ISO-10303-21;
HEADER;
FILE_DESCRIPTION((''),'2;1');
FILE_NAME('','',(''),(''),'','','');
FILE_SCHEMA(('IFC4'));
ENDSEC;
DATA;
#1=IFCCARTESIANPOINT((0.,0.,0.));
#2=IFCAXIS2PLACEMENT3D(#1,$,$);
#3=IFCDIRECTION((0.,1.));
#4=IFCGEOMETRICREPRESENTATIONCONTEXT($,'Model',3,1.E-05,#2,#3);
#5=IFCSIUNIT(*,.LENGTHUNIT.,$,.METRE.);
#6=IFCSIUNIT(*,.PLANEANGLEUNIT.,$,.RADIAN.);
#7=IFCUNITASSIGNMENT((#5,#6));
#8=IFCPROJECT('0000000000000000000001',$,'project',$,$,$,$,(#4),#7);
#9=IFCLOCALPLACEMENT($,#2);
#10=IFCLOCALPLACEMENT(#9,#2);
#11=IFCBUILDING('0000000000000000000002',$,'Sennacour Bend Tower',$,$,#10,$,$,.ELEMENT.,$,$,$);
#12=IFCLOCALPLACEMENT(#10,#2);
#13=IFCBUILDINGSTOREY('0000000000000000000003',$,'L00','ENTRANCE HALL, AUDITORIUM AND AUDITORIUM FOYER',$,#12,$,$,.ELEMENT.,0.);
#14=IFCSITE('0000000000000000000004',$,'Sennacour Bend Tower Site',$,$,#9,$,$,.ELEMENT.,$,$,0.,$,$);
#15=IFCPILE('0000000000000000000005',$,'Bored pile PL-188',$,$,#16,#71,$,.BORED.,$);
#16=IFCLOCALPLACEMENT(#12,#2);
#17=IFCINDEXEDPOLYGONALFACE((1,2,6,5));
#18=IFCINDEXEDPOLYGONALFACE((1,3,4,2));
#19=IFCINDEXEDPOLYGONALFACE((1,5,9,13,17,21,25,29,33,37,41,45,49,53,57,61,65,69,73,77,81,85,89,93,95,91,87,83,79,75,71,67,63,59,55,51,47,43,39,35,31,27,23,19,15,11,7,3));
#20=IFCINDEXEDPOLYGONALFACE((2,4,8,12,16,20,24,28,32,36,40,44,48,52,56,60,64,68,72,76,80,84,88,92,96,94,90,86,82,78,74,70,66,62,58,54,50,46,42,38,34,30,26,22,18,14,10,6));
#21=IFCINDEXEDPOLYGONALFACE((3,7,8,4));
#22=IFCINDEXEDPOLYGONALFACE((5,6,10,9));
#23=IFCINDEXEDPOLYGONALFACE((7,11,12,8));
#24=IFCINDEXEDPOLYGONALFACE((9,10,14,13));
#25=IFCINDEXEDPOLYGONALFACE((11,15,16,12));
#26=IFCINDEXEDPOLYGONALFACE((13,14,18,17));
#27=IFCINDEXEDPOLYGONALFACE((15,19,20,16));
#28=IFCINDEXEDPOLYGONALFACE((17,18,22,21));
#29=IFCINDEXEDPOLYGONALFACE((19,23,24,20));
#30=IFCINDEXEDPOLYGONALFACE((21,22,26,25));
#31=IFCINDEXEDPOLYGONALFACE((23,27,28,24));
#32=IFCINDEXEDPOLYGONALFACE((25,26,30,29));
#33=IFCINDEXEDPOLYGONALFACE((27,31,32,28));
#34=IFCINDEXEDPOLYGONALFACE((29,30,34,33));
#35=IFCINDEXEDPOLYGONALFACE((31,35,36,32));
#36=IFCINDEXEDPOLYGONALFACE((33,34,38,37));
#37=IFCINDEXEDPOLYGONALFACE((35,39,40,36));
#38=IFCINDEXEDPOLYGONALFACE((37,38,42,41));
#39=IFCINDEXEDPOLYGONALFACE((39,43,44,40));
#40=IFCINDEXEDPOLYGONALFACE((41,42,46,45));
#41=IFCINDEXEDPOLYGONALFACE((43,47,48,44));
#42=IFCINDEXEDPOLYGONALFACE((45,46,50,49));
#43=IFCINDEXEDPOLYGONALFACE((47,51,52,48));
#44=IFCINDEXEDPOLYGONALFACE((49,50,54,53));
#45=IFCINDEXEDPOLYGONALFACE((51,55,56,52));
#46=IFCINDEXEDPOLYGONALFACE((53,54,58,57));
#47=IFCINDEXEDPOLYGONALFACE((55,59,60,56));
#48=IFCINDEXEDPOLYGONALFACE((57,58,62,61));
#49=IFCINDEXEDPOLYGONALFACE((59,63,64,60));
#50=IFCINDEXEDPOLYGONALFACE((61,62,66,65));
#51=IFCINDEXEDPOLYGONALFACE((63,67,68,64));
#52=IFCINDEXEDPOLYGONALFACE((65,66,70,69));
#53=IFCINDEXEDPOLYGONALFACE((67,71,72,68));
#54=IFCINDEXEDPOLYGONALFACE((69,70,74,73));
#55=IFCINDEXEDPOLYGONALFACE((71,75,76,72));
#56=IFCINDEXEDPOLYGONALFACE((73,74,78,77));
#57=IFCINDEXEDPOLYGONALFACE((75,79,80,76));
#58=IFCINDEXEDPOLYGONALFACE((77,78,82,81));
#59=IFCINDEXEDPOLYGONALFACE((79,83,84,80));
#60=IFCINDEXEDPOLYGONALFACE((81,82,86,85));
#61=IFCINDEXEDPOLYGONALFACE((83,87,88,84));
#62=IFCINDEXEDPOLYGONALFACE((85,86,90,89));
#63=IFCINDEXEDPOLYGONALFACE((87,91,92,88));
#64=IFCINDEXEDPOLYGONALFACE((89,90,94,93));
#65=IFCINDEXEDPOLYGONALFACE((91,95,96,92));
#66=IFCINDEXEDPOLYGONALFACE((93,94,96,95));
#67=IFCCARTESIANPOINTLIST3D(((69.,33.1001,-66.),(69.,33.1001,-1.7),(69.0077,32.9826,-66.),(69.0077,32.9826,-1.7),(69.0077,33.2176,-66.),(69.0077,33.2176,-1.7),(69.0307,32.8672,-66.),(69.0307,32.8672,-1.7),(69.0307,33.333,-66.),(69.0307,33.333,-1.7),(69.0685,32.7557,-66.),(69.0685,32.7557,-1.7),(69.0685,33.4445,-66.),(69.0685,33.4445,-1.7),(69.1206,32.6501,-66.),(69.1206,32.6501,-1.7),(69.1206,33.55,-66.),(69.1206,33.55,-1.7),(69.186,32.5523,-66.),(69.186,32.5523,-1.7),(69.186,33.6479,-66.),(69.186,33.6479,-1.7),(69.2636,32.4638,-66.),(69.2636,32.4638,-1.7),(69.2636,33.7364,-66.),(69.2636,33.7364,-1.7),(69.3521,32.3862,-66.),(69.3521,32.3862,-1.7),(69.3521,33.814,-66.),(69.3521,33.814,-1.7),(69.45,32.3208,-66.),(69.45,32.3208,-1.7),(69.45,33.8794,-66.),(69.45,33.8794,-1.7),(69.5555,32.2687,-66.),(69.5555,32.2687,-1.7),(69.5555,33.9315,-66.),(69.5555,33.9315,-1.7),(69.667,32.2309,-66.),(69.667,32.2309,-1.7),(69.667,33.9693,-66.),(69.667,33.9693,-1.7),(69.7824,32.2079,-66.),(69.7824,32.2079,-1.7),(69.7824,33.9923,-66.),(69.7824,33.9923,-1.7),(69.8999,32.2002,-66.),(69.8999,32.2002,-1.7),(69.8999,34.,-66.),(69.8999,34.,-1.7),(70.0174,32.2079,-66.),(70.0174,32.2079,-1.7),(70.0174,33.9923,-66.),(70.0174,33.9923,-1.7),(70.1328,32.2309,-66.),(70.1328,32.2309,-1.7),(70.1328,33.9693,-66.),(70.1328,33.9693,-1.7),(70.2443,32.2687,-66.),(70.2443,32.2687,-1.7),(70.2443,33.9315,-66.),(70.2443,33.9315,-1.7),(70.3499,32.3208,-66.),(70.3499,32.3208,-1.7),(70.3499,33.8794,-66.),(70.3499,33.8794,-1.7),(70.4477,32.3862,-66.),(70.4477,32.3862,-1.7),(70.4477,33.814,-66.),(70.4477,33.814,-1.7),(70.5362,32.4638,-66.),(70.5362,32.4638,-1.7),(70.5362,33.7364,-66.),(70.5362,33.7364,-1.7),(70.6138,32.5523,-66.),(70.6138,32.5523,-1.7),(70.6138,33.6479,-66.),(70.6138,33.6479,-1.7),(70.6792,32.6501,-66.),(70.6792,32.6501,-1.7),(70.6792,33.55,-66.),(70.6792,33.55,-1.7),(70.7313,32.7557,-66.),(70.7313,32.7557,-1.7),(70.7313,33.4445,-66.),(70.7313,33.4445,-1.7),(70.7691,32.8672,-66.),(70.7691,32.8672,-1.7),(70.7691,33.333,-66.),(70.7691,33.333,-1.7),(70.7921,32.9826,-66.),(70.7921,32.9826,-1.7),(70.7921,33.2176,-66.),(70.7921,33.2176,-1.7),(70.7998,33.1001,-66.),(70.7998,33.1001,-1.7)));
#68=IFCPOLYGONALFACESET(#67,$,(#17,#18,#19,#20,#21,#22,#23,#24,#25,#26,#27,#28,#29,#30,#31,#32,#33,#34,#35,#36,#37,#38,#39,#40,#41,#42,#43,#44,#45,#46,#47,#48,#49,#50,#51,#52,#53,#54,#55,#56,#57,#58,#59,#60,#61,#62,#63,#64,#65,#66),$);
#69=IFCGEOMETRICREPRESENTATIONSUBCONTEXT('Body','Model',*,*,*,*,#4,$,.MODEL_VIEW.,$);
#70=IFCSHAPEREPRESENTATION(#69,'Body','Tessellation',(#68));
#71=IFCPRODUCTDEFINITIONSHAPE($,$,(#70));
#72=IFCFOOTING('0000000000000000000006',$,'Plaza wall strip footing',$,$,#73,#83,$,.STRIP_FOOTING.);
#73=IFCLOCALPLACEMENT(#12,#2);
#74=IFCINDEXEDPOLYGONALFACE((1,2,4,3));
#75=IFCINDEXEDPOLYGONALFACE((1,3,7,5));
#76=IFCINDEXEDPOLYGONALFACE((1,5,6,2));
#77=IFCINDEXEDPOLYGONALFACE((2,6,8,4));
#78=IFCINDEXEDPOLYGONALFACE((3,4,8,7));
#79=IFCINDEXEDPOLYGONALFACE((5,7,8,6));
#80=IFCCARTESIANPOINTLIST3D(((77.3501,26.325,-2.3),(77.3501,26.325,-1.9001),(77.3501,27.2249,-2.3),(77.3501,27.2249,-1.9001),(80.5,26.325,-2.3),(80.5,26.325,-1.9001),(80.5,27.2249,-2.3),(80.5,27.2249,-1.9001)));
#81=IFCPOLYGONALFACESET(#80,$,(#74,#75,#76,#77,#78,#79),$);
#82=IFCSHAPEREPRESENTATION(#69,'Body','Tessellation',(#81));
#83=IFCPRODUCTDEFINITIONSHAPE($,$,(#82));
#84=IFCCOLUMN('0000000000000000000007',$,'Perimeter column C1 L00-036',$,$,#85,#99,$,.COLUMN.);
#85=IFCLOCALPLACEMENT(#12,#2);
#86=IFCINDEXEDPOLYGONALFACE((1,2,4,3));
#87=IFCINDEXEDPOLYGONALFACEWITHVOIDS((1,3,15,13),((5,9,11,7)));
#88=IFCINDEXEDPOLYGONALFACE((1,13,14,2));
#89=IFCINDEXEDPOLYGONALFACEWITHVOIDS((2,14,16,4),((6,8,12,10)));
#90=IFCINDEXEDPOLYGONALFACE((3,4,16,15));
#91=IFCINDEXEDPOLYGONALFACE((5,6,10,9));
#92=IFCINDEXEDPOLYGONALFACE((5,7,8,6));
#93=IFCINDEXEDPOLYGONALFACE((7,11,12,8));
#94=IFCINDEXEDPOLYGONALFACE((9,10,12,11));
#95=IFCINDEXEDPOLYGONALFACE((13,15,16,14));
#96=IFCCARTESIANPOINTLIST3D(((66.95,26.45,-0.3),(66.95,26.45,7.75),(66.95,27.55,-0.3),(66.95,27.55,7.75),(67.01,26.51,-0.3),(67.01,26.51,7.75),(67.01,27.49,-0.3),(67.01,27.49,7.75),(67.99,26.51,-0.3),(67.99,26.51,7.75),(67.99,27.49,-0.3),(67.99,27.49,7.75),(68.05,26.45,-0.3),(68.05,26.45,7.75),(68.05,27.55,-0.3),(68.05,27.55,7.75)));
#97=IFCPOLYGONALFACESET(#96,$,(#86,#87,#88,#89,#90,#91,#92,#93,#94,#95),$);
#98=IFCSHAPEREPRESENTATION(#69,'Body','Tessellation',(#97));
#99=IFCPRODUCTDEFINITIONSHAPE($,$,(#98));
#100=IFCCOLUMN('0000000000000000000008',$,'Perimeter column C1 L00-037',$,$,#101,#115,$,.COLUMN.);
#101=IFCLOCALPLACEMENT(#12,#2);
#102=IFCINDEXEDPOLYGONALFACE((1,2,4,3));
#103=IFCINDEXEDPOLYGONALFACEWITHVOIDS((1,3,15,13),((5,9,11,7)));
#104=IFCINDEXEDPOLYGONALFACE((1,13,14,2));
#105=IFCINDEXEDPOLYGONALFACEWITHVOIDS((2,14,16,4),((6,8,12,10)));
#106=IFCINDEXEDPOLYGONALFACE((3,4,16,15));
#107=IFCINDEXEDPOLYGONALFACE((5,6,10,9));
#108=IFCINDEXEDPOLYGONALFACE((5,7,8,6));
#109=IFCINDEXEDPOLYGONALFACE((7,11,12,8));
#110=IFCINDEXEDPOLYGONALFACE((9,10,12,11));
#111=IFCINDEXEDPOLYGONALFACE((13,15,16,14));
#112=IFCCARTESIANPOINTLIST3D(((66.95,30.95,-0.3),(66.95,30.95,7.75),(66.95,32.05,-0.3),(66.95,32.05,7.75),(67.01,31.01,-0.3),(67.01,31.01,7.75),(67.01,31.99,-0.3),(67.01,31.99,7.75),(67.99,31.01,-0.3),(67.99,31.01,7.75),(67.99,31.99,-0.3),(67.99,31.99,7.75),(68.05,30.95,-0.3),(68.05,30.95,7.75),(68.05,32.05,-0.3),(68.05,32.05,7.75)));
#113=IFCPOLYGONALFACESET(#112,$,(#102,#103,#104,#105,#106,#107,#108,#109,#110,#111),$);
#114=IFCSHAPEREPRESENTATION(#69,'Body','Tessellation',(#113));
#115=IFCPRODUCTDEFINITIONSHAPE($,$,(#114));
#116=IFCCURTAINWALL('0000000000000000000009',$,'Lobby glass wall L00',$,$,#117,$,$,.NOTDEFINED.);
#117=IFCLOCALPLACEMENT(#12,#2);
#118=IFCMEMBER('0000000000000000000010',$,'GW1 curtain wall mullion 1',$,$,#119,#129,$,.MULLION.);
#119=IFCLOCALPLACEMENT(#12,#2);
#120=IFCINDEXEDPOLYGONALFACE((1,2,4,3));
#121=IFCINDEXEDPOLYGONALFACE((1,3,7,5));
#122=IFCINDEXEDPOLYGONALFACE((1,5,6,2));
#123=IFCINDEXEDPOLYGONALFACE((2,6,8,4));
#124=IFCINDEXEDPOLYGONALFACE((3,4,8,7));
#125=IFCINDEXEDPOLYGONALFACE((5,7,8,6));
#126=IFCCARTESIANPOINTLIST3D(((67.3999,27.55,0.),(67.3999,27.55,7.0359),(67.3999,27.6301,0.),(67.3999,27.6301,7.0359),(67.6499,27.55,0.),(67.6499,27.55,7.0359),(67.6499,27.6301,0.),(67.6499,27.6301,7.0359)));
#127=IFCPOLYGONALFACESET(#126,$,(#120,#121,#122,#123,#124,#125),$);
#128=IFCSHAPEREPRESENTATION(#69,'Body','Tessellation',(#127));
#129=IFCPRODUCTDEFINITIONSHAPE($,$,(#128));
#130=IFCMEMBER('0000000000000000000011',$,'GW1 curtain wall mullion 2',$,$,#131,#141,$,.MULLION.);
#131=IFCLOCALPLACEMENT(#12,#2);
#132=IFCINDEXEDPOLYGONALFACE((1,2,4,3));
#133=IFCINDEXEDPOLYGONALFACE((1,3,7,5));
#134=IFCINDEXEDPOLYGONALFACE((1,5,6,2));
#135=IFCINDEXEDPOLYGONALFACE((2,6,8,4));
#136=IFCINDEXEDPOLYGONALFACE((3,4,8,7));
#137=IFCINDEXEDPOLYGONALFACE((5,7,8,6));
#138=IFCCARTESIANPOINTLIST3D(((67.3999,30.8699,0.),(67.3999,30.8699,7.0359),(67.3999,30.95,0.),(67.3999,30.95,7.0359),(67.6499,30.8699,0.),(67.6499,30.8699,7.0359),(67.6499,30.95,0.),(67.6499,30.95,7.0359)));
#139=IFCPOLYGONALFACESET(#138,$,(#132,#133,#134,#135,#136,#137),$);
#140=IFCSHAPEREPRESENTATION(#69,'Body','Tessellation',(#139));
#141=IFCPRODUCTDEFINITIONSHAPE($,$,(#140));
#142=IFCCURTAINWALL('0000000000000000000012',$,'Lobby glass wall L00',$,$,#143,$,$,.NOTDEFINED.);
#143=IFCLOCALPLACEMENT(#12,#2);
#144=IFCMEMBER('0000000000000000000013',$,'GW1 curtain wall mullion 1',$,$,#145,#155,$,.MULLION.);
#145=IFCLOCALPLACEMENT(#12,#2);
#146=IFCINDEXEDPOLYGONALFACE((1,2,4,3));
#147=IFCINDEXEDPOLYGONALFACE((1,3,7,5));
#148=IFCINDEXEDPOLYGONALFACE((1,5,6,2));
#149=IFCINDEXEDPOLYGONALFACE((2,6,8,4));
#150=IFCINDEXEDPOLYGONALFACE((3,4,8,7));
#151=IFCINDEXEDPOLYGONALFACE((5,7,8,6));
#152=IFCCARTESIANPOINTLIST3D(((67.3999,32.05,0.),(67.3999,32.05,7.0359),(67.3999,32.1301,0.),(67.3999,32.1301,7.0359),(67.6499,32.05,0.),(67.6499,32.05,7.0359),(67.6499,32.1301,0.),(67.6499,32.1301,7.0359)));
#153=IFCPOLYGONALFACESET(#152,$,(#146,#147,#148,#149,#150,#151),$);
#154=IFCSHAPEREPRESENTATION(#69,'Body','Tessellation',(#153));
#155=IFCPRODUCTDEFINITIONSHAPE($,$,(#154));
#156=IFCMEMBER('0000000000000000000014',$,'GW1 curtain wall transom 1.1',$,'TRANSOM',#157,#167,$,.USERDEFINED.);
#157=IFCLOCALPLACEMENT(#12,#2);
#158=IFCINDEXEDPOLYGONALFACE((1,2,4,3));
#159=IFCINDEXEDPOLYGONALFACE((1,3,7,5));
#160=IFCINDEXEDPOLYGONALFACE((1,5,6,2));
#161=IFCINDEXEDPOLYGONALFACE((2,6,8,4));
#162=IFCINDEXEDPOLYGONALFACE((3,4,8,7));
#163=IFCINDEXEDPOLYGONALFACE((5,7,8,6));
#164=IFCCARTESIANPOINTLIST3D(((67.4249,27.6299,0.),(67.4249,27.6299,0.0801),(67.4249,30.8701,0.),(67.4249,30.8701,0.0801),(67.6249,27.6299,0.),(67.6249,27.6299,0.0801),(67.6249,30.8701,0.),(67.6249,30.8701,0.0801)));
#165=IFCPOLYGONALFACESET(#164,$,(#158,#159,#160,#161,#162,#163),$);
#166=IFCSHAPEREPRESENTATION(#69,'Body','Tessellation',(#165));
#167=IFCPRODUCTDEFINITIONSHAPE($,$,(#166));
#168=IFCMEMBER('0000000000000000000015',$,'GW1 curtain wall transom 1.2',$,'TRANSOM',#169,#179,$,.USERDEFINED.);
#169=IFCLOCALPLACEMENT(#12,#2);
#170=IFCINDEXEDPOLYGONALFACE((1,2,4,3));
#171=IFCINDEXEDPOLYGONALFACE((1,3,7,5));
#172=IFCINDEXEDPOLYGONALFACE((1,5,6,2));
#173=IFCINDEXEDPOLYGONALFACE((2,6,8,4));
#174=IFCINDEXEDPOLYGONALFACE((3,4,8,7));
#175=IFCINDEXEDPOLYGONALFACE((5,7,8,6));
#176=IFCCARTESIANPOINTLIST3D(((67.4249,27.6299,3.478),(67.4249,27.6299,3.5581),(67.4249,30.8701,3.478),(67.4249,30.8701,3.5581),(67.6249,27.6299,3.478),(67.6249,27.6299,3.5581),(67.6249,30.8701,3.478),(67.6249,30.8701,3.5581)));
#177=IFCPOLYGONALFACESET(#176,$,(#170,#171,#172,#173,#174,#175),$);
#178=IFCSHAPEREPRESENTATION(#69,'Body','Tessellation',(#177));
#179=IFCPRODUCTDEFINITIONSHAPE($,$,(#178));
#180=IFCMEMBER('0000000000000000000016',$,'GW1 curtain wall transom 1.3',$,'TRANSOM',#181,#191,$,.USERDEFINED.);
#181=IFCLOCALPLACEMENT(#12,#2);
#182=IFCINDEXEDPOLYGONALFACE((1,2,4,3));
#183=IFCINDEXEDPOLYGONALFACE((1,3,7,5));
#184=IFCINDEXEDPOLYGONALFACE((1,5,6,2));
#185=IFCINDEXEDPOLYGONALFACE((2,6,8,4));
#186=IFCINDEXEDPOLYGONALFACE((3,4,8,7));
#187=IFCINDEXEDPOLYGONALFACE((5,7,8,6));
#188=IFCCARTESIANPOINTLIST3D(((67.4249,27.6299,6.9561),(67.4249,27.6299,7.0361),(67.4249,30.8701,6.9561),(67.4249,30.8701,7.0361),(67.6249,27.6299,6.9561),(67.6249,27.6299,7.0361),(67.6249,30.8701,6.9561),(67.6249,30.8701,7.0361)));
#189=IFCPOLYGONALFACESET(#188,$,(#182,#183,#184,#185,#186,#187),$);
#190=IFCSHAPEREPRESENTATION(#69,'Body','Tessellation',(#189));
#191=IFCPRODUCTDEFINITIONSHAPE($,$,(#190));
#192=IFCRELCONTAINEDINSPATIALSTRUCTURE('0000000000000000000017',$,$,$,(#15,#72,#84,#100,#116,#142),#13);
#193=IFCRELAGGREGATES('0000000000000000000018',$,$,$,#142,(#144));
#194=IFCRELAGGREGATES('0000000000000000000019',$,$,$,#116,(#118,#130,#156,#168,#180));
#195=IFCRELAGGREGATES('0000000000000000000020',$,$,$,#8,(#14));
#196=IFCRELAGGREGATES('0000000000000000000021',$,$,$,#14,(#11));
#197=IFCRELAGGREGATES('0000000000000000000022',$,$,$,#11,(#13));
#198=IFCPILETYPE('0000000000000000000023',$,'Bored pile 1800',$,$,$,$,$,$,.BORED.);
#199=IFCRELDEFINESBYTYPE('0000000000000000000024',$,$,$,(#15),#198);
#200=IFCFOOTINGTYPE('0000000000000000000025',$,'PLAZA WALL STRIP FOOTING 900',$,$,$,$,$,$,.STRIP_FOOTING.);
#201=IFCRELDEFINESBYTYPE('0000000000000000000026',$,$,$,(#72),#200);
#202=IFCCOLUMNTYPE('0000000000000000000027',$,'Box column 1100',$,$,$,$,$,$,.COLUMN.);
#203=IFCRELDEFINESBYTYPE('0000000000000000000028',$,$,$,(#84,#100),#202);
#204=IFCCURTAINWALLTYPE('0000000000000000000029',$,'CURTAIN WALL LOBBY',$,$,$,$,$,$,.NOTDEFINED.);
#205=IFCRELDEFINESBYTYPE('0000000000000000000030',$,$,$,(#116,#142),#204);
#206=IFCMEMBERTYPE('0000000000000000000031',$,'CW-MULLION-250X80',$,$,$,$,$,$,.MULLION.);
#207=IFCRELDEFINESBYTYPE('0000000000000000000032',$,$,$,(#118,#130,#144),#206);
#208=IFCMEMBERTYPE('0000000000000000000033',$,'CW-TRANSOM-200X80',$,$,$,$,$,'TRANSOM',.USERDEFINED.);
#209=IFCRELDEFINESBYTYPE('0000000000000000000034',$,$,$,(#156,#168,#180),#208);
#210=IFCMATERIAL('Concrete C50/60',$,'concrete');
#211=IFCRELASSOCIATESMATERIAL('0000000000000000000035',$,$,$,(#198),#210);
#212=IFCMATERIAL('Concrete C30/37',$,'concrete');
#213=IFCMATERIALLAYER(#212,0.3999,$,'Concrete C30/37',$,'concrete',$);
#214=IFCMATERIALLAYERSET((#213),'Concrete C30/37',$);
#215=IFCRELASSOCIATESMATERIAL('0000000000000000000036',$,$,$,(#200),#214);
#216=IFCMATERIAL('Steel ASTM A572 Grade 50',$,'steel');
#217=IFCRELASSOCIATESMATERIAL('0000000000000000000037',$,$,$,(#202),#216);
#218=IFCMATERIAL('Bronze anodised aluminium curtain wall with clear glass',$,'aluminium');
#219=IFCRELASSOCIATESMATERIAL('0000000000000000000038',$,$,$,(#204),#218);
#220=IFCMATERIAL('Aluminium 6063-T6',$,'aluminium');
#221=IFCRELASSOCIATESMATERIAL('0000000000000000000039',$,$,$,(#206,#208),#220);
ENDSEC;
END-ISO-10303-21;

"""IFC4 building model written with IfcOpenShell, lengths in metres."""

from ifc_helpers import new_model, si_unit, direction, frame, origin, origin_2d, place, context, subcontext, project, spatial, rectangle, hollow_rectangle, circle, extrude, material, layer, layer_set, material_profile, profile_set, type_object, element, aggregate, save


model = new_model("IFC4")

# Units and contexts
model_context = context("Model", 3, precision=1e-05, world=origin(), true_north=direction((0.0, 1.0)))
body_context = subcontext(model_context, "Body", "Model", "MODEL_VIEW")
ifc_project = project(units=[si_unit("LENGTHUNIT", "METRE"), si_unit("PLANEANGLEUNIT", "RADIAN")], contexts=[model_context])

# Site, building, storey
site_placement = place(None, origin())
site = spatial("IfcSite", under=ifc_project, at=site_placement, Name="Sennacour Bend Tower Site", CompositionType="ELEMENT", RefElevation=0.0)
building_placement = place(site_placement, origin())
building = spatial("IfcBuilding", under=site, at=building_placement, Name="Sennacour Bend Tower", CompositionType="ELEMENT")
storey_placement = place(building_placement, origin())
storey = spatial("IfcBuildingStorey", under=building, at=storey_placement, Name="L00", Description="ENTRANCE HALL, AUDITORIUM AND AUDITORIUM FOYER", CompositionType="ELEMENT", Elevation=0.0)

# Pile
ifc_material_1 = material(Name="Concrete C50/60", Category="concrete")
ifc_material_profile_1 = material_profile(ifc_material_1, circle(Radius=0.8999, at=origin_2d()), Name="Concrete C50/60", Category="concrete")
ifc_profile_set_1 = profile_set([ifc_material_profile_1], Name="Concrete C50/60")
pile_type = type_object("IfcPileType", Name="Bored pile 1800", PredefinedType="BORED", material=ifc_profile_set_1)
for number, where, z_axis, x_axis, name in (
    (1, (69.8999, 33.1001, -1.7), (0.0, 0.0, -1.0), (1.0, 0.0, 0.0), "Bored pile PL-188"),
):
    element("IfcPile", number, at=place(storey_placement, frame(where, z_axis=z_axis, x_axis=x_axis)), inside=storey, type_object=pile_type, Name=name, PredefinedType="BORED", context=body_context, shape_type="SweptSolid", body=[
        extrude(circle(Radius=0.8999, at=origin_2d()), origin(), (0.0, 0.0, 1.0), 64.3),
    ])

# Footing
ifc_material_2 = material(Name="Concrete C30/37", Category="concrete")
ifc_layer_1 = layer(ifc_material_2, 0.3999, Name="Concrete C30/37", Category="concrete")
ifc_layer_set_1 = layer_set([ifc_layer_1], Name="Concrete C30/37")
footing_type = type_object("IfcFootingType", Name="PLAZA WALL STRIP FOOTING 900", PredefinedType="STRIP_FOOTING", material=ifc_layer_set_1)
footing_placement = place(storey_placement, frame((78.925, 26.7749, -2.3), z_axis=(0.0, 0.0, 1.0), x_axis=(1.0, 0.0, 0.0)))
element("IfcFooting", 2, at=footing_placement, inside=storey, type_object=footing_type, Name="Plaza wall strip footing", PredefinedType="STRIP_FOOTING", context=body_context, shape_type="SweptSolid", body=[
    extrude(rectangle(XDim=3.1499, YDim=0.8999, at=origin_2d()), origin(), (0.0, 0.0, 1.0), 0.3999),
])

# Columns
ifc_material_3 = material(Name="Steel ASTM A572 Grade 50", Category="steel")
ifc_material_profile_2 = material_profile(ifc_material_3, hollow_rectangle(XDim=1.1001, YDim=1.1001, WallThickness=0.0601, at=origin_2d()), Name="Steel ASTM A572 Grade 50", Category="steel")
ifc_profile_set_2 = profile_set([ifc_material_profile_2], Name="Steel ASTM A572 Grade 50")
column_type = type_object("IfcColumnType", Name="Box column 1100", PredefinedType="COLUMN", material=ifc_profile_set_2)
for number, where, z_axis, x_axis, name in (
    (3, (67.5, 27.0, -0.3), (0.0, 0.0, 1.0), (1.0, 0.0, 0.0), "Perimeter column C1 L00-036"),
    (4, (67.5, 31.5, -0.3), (0.0, 0.0, 1.0), (1.0, 0.0, 0.0), "Perimeter column C1 L00-037"),
):
    element("IfcColumn", number, at=place(storey_placement, frame(where, z_axis=z_axis, x_axis=x_axis)), inside=storey, type_object=column_type, Name=name, PredefinedType="COLUMN", context=body_context, shape_type="SweptSolid", body=[
        extrude(hollow_rectangle(XDim=1.1001, YDim=1.1001, WallThickness=0.0601, at=origin_2d()), origin(), (0.0, 0.0, 1.0), 8.05),
    ])

# Curtain wall, members
ifc_material_4 = material(Name="Bronze anodised aluminium curtain wall with clear glass", Category="aluminium")
curtain_wall_type = type_object("IfcCurtainWallType", Name="CURTAIN WALL LOBBY", PredefinedType="NOTDEFINED", material=ifc_material_4)
curtain_wall_1_placement = place(storey_placement, origin())
curtain_wall_1 = element("IfcCurtainWall", 5, at=curtain_wall_1_placement, inside=storey, type_object=curtain_wall_type, Name="Lobby glass wall L00", PredefinedType="NOTDEFINED")
ifc_material_5 = material(Name="Aluminium 6063-T6", Category="aluminium")
ifc_material_profile_3 = material_profile(ifc_material_5, rectangle(XDim=0.25, YDim=0.0801, at=origin_2d()), Name="Aluminium 6063-T6", Category="aluminium")
ifc_profile_set_3 = profile_set([ifc_material_profile_3], Name="Aluminium 6063-T6")
member_type_1 = type_object("IfcMemberType", Name="CW-MULLION-250X80", PredefinedType="MULLION", material=ifc_profile_set_3)
member_1_placement = place(storey_placement, frame((67.5249, 27.5901, 0.0), z_axis=(0.0, 0.0, 1.0), x_axis=(-1.0, 0.0, 0.0)))
member_1 = element("IfcMember", 6, at=member_1_placement, type_object=member_type_1, Name="GW1 curtain wall mullion 1", PredefinedType="MULLION", context=body_context, shape_type="SweptSolid", body=[
    extrude(rectangle(XDim=0.25, YDim=0.0801, at=origin_2d()), origin(), (0.0, 0.0, 1.0), 7.0359),
])
member_2_placement = place(storey_placement, frame((67.5249, 30.9099, 0.0), z_axis=(0.0, 0.0, 1.0), x_axis=(-1.0, 0.0, 0.0)))
member_2 = element("IfcMember", 7, at=member_2_placement, type_object=member_type_1, Name="GW1 curtain wall mullion 2", PredefinedType="MULLION", context=body_context, shape_type="SweptSolid", body=[
    extrude(rectangle(XDim=0.25, YDim=0.0801, at=origin_2d()), origin(), (0.0, 0.0, 1.0), 7.0359),
])

# Curtain wall, member
curtain_wall_2_placement = place(storey_placement, origin())
curtain_wall_2 = element("IfcCurtainWall", 8, at=curtain_wall_2_placement, inside=storey, type_object=curtain_wall_type, Name="Lobby glass wall L00", PredefinedType="NOTDEFINED")
member_3_placement = place(storey_placement, frame((67.5249, 32.0901, 0.0), z_axis=(0.0, 0.0, 1.0), x_axis=(-1.0, 0.0, 0.0)))
member_3 = element("IfcMember", 9, at=member_3_placement, type_object=member_type_1, Name="GW1 curtain wall mullion 1", PredefinedType="MULLION", context=body_context, shape_type="SweptSolid", body=[
    extrude(rectangle(XDim=0.25, YDim=0.0801, at=origin_2d()), origin(), (0.0, 0.0, 1.0), 7.0359),
])

# Members
ifc_material_profile_4 = material_profile(ifc_material_5, rectangle(XDim=0.2, YDim=0.0801, at=origin_2d()), Name="Aluminium 6063-T6", Category="aluminium")
ifc_profile_set_4 = profile_set([ifc_material_profile_4], Name="Aluminium 6063-T6")
member_type_2 = type_object("IfcMemberType", Name="CW-TRANSOM-200X80", ElementType="TRANSOM", PredefinedType="USERDEFINED", material=ifc_profile_set_4)
member_4_placement = place(storey_placement, frame((67.5249, 27.6299, 0.04), z_axis=(0.0, 1.0, 0.0), x_axis=(-1.0, 0.0, 0.0)))
member_4 = element("IfcMember", 10, at=member_4_placement, type_object=member_type_2, Name="GW1 curtain wall transom 1.1", ObjectType="TRANSOM", PredefinedType="USERDEFINED", context=body_context, shape_type="SweptSolid", body=[
    extrude(rectangle(XDim=0.2, YDim=0.0801, at=origin_2d()), origin(), (0.0, 0.0, 1.0), 3.2402),
])
member_5_placement = place(storey_placement, frame((67.5249, 27.6299, 3.5181), z_axis=(0.0, 1.0, 0.0), x_axis=(-1.0, 0.0, 0.0)))
member_5 = element("IfcMember", 11, at=member_5_placement, type_object=member_type_2, Name="GW1 curtain wall transom 1.2", ObjectType="TRANSOM", PredefinedType="USERDEFINED", context=body_context, shape_type="SweptSolid", body=[
    extrude(rectangle(XDim=0.2, YDim=0.0801, at=origin_2d()), origin(), (0.0, 0.0, 1.0), 3.2402),
])
member_6_placement = place(storey_placement, frame((67.5249, 27.6299, 6.9961), z_axis=(0.0, 1.0, 0.0), x_axis=(-1.0, 0.0, 0.0)))
member_6 = element("IfcMember", 12, at=member_6_placement, type_object=member_type_2, Name="GW1 curtain wall transom 1.3", ObjectType="TRANSOM", PredefinedType="USERDEFINED", context=body_context, shape_type="SweptSolid", body=[
    extrude(rectangle(XDim=0.2, YDim=0.0801, at=origin_2d()), origin(), (0.0, 0.0, 1.0), 3.2402),
])
aggregate(curtain_wall_2, [member_3])

aggregate(curtain_wall_1, [member_1, member_2, member_4, member_5, member_6])

save(model, "model.ifc")
